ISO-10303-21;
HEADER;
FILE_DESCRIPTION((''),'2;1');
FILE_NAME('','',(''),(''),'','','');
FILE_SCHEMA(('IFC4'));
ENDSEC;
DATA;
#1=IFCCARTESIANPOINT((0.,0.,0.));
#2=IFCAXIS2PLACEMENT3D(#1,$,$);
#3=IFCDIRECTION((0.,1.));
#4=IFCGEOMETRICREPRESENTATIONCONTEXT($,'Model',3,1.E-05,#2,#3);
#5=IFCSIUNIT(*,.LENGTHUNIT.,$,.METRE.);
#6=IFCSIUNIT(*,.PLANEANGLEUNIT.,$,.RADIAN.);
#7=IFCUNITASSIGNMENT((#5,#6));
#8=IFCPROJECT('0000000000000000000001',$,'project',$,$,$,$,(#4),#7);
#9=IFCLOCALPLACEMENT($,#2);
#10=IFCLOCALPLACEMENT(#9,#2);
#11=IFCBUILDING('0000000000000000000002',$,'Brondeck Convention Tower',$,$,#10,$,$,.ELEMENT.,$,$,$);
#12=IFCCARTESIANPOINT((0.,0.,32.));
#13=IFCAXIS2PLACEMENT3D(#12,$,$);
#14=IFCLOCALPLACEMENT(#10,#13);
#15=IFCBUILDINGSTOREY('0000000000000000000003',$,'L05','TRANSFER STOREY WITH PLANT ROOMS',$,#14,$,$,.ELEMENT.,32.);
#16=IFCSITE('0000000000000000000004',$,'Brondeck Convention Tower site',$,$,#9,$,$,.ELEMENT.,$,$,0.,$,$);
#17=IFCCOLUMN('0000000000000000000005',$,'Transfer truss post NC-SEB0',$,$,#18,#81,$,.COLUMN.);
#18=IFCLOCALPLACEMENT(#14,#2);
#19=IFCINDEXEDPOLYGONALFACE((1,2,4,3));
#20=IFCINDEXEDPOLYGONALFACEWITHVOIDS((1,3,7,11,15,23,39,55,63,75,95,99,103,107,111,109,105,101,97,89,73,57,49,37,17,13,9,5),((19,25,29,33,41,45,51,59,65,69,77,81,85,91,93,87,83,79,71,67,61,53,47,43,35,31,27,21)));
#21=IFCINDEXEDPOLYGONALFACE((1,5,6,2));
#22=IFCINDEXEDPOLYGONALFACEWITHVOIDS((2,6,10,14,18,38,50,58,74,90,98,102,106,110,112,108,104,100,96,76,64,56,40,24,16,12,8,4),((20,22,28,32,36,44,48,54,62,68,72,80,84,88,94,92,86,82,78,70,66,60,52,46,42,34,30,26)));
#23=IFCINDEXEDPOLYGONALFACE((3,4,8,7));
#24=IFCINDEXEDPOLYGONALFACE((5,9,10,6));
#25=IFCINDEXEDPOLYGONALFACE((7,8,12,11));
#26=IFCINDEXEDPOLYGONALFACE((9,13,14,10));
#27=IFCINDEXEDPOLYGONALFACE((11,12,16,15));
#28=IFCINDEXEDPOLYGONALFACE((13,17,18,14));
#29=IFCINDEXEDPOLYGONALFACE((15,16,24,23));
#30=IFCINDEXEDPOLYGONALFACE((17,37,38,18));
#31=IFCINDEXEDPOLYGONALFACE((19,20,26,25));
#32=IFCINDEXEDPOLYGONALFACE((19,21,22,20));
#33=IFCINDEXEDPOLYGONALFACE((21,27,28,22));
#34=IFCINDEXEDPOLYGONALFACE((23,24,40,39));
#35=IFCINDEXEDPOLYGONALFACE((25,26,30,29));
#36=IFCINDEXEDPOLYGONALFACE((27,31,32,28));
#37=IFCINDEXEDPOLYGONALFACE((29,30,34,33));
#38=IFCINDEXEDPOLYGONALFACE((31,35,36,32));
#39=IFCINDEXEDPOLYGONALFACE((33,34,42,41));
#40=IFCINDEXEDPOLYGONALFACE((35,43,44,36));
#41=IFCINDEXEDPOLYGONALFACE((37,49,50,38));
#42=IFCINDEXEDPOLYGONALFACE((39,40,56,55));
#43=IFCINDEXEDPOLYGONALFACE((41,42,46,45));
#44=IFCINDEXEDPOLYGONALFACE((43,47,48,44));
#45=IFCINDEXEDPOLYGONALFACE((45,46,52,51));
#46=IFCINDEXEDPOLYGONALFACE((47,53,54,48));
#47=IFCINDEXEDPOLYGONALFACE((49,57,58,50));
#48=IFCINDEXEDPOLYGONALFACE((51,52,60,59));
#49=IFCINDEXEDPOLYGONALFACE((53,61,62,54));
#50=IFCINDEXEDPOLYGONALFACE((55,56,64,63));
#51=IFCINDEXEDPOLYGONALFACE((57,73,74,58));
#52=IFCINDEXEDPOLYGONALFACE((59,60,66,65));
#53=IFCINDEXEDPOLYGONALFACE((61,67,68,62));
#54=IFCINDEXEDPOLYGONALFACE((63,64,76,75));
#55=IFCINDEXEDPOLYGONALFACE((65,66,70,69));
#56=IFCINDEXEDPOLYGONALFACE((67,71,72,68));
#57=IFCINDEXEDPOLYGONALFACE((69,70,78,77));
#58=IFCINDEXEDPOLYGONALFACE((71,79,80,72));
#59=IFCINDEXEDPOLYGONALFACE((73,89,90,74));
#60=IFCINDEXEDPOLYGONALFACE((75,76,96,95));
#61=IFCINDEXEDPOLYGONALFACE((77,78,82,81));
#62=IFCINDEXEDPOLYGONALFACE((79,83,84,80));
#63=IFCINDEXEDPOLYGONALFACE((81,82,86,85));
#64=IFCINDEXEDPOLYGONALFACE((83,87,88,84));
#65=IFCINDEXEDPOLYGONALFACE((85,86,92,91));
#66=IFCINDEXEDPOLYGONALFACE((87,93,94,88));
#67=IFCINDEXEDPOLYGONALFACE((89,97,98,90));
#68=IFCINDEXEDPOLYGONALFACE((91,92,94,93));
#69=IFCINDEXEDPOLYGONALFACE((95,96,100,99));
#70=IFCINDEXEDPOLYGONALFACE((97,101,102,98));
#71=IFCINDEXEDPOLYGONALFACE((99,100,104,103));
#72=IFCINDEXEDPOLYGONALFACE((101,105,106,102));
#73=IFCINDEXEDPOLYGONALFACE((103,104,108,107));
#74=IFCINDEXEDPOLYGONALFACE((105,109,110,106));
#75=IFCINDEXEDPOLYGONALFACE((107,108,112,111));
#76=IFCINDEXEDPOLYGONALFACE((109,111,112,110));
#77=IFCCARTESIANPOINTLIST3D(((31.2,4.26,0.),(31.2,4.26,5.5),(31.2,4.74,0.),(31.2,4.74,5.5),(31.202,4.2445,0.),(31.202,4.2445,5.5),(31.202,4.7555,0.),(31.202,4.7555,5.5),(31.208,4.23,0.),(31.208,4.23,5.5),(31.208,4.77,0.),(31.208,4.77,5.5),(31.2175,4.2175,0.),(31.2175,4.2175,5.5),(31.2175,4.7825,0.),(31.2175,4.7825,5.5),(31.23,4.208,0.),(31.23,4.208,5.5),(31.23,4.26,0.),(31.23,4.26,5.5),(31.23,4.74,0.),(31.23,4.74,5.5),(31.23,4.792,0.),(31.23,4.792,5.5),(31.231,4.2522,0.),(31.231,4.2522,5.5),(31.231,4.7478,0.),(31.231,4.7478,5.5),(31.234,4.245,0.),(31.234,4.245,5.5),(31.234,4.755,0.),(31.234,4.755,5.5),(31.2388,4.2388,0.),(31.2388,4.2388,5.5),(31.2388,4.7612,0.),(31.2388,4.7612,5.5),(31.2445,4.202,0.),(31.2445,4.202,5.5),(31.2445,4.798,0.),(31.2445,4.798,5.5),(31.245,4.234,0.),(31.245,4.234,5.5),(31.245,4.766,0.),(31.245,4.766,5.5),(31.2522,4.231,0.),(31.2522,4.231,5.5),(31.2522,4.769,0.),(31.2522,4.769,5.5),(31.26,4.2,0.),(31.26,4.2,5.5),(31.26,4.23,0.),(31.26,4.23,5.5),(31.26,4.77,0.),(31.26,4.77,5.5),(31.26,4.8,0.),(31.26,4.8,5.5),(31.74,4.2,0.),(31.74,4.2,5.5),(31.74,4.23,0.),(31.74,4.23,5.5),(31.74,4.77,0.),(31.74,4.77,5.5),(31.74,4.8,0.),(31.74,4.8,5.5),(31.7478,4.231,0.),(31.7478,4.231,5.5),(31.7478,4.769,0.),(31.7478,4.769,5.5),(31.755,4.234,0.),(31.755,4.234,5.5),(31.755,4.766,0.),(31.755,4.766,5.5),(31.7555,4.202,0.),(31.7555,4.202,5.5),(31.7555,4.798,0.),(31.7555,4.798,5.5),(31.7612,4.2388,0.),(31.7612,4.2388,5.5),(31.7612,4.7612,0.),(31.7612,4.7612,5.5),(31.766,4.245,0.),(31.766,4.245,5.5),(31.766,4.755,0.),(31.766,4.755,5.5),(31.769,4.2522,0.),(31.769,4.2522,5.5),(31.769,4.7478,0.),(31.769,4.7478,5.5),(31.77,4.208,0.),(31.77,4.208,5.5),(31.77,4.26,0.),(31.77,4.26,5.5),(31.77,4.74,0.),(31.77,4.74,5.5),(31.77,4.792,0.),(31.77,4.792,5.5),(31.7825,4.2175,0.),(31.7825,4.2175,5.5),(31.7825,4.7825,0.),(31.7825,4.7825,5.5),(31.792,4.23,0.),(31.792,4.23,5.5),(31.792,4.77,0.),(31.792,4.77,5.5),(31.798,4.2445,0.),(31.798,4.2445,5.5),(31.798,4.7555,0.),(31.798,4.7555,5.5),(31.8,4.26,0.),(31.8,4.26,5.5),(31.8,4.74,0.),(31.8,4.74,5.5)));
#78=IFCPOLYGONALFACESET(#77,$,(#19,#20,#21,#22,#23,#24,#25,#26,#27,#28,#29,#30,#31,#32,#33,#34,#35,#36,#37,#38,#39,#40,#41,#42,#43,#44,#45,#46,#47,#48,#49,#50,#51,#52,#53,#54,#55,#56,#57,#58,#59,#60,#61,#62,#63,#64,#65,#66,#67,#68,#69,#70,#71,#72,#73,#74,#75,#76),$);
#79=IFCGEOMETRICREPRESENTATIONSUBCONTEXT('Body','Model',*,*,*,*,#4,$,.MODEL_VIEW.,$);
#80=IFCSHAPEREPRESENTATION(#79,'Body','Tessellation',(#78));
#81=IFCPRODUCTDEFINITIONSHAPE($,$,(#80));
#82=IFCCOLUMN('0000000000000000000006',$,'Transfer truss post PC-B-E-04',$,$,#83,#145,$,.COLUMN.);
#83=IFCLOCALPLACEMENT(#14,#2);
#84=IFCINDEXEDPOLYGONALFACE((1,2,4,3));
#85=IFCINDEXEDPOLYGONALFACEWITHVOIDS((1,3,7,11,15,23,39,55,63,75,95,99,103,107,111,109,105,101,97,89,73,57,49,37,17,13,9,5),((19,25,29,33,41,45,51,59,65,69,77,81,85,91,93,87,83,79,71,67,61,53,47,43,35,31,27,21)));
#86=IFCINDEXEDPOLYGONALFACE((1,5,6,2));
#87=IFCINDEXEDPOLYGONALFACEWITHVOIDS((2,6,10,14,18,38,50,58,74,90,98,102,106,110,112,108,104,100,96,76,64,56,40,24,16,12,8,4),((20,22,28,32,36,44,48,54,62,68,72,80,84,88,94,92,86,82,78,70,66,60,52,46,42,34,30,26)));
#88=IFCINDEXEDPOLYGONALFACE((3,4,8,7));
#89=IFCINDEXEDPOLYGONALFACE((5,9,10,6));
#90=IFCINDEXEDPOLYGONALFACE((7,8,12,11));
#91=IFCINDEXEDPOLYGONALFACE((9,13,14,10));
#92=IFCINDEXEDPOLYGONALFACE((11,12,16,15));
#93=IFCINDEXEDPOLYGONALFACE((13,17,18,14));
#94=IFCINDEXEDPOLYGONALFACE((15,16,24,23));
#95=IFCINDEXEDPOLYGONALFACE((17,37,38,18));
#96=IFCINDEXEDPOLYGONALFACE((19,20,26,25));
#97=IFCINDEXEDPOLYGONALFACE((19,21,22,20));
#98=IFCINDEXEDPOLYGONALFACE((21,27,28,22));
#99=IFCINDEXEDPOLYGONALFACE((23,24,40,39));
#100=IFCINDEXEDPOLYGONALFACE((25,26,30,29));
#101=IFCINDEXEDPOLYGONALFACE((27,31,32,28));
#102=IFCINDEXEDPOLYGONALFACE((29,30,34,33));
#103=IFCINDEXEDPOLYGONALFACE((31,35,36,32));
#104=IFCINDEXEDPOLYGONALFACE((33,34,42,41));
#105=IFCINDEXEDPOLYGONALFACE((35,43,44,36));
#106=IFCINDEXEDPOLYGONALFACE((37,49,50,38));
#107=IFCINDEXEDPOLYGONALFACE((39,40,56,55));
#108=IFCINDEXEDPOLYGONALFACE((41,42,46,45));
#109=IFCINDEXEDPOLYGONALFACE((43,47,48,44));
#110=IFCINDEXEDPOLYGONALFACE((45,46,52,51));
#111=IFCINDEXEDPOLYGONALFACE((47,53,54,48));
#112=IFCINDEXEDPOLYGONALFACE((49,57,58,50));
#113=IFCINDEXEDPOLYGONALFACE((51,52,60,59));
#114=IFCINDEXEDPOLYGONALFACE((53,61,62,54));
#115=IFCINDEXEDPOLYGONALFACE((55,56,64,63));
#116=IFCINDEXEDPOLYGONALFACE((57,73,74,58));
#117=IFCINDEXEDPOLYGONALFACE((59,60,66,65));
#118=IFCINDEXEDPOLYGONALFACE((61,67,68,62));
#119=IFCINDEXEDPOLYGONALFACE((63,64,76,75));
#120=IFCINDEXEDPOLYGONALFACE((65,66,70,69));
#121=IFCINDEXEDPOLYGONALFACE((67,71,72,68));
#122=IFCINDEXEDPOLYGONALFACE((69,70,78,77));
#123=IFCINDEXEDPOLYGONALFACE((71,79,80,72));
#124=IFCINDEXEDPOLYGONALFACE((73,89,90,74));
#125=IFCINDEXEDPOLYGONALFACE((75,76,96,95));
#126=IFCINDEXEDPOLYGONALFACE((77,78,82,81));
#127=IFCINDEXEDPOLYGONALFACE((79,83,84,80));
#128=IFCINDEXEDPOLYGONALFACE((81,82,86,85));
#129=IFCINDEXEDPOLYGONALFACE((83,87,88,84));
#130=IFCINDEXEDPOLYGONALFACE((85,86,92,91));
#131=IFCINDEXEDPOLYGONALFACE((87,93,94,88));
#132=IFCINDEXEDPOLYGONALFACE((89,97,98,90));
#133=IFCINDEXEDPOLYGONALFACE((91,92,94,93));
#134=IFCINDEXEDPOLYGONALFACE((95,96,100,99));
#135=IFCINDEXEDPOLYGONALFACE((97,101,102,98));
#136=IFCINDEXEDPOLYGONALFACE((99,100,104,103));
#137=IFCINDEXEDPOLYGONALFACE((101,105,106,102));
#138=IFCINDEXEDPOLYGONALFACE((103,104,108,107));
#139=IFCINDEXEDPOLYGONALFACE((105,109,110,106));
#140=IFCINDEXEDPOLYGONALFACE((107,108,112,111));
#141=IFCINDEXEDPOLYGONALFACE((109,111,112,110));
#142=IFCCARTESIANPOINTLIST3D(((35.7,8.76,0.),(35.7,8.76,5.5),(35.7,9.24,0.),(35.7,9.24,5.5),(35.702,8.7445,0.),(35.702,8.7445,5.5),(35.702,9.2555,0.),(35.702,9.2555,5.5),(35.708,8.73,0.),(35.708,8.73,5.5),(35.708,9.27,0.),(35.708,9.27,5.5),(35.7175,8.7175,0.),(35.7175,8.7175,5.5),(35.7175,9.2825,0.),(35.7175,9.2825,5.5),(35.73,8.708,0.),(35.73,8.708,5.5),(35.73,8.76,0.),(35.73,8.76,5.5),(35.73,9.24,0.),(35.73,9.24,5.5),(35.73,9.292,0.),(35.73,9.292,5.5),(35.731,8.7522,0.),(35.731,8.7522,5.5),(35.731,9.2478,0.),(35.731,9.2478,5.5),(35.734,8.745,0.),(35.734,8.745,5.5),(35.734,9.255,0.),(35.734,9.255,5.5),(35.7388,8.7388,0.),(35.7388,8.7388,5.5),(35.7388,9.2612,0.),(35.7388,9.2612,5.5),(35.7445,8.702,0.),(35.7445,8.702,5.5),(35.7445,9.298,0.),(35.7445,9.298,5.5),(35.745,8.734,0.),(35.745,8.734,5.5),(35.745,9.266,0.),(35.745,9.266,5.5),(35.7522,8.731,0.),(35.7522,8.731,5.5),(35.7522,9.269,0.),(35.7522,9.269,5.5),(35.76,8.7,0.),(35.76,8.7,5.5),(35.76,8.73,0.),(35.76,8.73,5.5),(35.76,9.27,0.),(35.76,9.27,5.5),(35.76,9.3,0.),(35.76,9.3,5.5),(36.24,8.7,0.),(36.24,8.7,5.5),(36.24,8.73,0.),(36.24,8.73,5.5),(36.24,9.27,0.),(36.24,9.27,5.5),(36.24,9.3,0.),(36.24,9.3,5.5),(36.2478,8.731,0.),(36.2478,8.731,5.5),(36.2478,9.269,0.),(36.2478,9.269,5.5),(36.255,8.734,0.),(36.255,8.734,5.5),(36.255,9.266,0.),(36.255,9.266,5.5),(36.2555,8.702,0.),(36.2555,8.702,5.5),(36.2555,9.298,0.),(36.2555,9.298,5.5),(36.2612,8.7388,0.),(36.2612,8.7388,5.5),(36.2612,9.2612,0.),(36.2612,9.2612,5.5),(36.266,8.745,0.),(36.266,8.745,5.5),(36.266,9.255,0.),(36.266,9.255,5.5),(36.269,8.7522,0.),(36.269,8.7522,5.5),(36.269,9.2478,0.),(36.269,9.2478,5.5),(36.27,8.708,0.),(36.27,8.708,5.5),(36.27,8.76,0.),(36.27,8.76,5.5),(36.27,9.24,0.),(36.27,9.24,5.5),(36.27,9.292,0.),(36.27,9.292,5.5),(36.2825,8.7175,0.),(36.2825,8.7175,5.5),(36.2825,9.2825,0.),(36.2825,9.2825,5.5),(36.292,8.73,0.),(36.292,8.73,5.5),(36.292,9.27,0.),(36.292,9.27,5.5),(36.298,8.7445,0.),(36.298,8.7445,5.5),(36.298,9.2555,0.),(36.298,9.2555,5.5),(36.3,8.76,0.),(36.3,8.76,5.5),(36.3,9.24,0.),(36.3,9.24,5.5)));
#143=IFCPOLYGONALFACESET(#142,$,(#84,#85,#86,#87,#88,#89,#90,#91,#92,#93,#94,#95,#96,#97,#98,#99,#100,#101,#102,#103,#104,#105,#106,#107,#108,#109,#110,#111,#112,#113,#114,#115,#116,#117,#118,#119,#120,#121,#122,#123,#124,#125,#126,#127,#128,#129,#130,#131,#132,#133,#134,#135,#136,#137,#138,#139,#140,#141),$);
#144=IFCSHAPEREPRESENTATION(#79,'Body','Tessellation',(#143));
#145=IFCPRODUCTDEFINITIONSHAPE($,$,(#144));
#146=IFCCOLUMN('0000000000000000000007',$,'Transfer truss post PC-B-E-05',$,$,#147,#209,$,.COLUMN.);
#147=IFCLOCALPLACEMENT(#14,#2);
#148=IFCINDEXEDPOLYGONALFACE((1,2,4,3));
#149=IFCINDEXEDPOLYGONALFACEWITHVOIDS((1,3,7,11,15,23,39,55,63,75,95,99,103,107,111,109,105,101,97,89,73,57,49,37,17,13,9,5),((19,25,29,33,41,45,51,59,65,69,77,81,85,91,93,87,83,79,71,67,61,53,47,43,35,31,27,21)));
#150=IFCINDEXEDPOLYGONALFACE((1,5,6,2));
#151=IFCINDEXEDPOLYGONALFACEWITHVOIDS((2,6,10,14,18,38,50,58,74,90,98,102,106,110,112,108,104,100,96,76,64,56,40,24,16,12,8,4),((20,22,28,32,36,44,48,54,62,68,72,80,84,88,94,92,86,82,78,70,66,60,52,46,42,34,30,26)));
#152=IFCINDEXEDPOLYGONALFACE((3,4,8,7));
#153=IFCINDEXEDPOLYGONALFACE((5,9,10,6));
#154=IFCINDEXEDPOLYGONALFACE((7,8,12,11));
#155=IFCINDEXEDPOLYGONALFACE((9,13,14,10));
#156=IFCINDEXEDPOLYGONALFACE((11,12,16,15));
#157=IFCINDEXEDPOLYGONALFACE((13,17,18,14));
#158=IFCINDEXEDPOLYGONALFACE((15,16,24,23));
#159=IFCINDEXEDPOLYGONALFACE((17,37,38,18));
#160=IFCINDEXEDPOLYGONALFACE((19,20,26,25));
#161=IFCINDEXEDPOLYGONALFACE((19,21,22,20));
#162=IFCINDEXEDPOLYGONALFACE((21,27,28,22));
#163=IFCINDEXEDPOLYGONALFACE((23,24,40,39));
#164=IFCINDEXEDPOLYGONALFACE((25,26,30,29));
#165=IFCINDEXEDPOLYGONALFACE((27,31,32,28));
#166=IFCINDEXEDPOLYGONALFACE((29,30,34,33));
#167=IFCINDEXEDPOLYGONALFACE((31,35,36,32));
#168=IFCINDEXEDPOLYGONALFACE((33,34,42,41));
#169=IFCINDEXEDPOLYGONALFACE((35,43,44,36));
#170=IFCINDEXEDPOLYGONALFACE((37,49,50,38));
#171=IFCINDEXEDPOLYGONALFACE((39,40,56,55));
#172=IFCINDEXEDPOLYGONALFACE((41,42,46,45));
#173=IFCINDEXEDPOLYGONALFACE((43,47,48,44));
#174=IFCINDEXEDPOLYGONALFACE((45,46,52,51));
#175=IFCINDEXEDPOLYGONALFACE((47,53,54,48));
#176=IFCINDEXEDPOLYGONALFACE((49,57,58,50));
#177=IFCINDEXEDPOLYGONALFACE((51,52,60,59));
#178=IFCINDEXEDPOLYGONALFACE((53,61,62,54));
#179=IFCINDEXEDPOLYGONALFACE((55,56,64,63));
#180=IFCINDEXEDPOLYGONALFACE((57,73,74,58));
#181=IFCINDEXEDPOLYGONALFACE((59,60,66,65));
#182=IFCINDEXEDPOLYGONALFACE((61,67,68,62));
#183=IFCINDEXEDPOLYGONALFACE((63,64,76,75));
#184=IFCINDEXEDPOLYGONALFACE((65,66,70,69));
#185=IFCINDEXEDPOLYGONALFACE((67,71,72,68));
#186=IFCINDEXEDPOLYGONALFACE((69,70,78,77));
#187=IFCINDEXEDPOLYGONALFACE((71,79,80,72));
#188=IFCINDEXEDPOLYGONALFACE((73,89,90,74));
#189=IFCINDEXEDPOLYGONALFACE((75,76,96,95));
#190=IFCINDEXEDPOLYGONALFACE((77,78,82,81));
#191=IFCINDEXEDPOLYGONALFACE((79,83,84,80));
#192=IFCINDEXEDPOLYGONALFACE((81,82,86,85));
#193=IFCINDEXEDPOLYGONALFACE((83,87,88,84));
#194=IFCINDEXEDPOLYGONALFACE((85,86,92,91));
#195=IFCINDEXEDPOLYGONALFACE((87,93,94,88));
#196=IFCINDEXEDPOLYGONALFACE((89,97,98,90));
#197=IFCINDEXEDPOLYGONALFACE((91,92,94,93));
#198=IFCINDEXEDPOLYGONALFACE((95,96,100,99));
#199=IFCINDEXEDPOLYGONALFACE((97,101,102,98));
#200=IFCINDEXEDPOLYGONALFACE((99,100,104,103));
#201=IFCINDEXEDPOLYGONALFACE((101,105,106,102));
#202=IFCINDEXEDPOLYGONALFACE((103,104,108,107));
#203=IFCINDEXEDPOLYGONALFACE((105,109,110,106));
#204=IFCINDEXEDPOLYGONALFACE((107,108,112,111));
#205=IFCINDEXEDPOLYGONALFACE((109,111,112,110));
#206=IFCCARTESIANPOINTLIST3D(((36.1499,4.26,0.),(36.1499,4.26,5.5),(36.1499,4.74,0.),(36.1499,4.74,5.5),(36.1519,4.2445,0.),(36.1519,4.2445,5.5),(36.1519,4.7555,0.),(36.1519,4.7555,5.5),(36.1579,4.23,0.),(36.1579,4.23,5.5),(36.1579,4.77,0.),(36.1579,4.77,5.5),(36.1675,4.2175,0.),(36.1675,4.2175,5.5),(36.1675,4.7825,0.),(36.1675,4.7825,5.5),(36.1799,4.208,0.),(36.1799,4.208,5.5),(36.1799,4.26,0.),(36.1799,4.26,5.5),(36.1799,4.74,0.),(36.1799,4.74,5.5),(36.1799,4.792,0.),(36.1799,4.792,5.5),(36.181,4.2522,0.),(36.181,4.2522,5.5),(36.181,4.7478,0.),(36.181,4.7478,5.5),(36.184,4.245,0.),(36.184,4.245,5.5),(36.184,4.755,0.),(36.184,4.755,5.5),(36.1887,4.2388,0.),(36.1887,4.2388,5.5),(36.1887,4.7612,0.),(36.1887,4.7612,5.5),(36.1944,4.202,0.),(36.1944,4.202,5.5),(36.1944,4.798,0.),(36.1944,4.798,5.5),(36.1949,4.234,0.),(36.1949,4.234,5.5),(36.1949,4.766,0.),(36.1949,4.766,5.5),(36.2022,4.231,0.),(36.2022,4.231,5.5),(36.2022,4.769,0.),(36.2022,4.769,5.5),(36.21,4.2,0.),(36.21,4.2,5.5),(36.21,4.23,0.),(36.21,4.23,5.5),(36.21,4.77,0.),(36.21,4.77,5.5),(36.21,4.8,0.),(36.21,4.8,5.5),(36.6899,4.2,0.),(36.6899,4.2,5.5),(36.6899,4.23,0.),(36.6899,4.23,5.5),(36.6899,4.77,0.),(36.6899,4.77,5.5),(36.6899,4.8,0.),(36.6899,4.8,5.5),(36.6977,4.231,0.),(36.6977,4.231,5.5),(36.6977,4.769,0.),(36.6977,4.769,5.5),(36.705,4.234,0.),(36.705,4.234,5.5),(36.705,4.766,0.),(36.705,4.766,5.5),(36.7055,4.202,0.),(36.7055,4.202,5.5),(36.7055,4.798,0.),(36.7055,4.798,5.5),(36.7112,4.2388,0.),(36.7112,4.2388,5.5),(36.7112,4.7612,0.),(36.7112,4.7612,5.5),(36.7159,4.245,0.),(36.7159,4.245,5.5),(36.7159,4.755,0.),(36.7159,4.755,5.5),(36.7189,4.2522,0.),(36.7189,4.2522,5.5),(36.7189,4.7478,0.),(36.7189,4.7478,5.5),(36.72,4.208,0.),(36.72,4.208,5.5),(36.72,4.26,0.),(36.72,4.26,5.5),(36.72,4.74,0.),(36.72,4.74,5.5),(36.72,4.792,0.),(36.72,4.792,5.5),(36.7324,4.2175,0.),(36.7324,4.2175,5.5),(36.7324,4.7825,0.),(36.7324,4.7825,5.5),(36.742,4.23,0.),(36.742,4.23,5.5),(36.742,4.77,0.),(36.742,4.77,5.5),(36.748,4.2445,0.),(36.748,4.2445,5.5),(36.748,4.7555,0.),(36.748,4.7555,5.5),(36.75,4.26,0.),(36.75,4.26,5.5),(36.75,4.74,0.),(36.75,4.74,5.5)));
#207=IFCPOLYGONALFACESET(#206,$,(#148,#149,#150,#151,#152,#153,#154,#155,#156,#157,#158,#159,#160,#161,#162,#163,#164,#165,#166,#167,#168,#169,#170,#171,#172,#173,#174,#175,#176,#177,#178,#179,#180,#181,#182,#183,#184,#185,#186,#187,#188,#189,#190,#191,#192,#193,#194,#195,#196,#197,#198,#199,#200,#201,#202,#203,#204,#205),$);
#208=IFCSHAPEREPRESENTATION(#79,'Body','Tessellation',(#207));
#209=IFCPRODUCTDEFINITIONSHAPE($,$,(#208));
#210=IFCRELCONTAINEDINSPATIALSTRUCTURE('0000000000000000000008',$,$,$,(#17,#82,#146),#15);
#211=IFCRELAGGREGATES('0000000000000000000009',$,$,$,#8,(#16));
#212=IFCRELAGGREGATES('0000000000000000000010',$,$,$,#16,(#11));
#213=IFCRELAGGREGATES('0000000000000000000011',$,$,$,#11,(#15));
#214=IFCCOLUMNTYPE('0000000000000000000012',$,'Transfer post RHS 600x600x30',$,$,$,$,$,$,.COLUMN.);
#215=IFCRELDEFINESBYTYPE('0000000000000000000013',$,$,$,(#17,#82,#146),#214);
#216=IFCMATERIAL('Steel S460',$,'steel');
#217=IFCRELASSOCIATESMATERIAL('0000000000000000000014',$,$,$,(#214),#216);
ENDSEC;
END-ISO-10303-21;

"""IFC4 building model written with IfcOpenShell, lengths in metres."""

from ifc_helpers import new_model, si_unit, direction, frame, origin, origin_2d, place, context, subcontext, project, spatial, hollow_rectangle, extrude, material, material_profile, profile_set, type_object, element, save


model = new_model("IFC4")

# Units and contexts
model_context = context("Model", 3, precision=1e-05, world=origin(), true_north=direction((0.0, 1.0)))
body_context = subcontext(model_context, "Body", "Model", "MODEL_VIEW")
ifc_project = project(units=[si_unit("LENGTHUNIT", "METRE"), si_unit("PLANEANGLEUNIT", "RADIAN")], contexts=[model_context])

# Site, building, storey
site_placement = place(None, origin())
site = spatial("IfcSite", under=ifc_project, at=site_placement, Name="Brondeck Convention Tower site", CompositionType="ELEMENT", RefElevation=0.0)
building_placement = place(site_placement, origin())
building = spatial("IfcBuilding", under=site, at=building_placement, Name="Brondeck Convention Tower", CompositionType="ELEMENT")
storey_placement = place(building_placement, frame((0.0, 0.0, 32.0)))
storey = spatial("IfcBuildingStorey", under=building, at=storey_placement, Name="L05", Description="TRANSFER STOREY WITH PLANT ROOMS", CompositionType="ELEMENT", Elevation=32.0)

# Columns
ifc_material_1 = material(Name="Steel S460", Category="steel")
ifc_material_profile_1 = material_profile(ifc_material_1, hollow_rectangle(XDim=0.6001, YDim=0.6001, WallThickness=0.03, InnerFilletRadius=0.03, OuterFilletRadius=0.0601, at=origin_2d()), Name="RHS 600x600x30")
ifc_profile_set_1 = profile_set([ifc_material_profile_1], Name="Steel S460")
column_type = type_object("IfcColumnType", Name="Transfer post RHS 600x600x30", PredefinedType="COLUMN", material=ifc_profile_set_1)
for number, where, z_axis, x_axis, name in (
    (1, (31.5, 4.5, 0.0), (0.0, 0.0, 1.0), (1.0, 0.0, 0.0), "Transfer truss post NC-SEB0"),
    (2, (36.0, 9.0, 0.0), (0.0, 0.0, 1.0), (1.0, 0.0, 0.0), "Transfer truss post PC-B-E-04"),
    (3, (36.45, 4.5, 0.0), (0.0, 0.0, 1.0), (1.0, 0.0, 0.0), "Transfer truss post PC-B-E-05"),
):
    element("IfcColumn", number, at=place(storey_placement, frame(where, z_axis=z_axis, x_axis=x_axis)), inside=storey, type_object=column_type, Name=name, PredefinedType="COLUMN", context=body_context, shape_type="SweptSolid", body=[
        extrude(hollow_rectangle(XDim=0.6001, YDim=0.6001, WallThickness=0.03, InnerFilletRadius=0.03, OuterFilletRadius=0.0601, at=origin_2d()), origin(), (0.0, 0.0, 1.0), 5.5),
    ])

save(model, "model.ifc")
